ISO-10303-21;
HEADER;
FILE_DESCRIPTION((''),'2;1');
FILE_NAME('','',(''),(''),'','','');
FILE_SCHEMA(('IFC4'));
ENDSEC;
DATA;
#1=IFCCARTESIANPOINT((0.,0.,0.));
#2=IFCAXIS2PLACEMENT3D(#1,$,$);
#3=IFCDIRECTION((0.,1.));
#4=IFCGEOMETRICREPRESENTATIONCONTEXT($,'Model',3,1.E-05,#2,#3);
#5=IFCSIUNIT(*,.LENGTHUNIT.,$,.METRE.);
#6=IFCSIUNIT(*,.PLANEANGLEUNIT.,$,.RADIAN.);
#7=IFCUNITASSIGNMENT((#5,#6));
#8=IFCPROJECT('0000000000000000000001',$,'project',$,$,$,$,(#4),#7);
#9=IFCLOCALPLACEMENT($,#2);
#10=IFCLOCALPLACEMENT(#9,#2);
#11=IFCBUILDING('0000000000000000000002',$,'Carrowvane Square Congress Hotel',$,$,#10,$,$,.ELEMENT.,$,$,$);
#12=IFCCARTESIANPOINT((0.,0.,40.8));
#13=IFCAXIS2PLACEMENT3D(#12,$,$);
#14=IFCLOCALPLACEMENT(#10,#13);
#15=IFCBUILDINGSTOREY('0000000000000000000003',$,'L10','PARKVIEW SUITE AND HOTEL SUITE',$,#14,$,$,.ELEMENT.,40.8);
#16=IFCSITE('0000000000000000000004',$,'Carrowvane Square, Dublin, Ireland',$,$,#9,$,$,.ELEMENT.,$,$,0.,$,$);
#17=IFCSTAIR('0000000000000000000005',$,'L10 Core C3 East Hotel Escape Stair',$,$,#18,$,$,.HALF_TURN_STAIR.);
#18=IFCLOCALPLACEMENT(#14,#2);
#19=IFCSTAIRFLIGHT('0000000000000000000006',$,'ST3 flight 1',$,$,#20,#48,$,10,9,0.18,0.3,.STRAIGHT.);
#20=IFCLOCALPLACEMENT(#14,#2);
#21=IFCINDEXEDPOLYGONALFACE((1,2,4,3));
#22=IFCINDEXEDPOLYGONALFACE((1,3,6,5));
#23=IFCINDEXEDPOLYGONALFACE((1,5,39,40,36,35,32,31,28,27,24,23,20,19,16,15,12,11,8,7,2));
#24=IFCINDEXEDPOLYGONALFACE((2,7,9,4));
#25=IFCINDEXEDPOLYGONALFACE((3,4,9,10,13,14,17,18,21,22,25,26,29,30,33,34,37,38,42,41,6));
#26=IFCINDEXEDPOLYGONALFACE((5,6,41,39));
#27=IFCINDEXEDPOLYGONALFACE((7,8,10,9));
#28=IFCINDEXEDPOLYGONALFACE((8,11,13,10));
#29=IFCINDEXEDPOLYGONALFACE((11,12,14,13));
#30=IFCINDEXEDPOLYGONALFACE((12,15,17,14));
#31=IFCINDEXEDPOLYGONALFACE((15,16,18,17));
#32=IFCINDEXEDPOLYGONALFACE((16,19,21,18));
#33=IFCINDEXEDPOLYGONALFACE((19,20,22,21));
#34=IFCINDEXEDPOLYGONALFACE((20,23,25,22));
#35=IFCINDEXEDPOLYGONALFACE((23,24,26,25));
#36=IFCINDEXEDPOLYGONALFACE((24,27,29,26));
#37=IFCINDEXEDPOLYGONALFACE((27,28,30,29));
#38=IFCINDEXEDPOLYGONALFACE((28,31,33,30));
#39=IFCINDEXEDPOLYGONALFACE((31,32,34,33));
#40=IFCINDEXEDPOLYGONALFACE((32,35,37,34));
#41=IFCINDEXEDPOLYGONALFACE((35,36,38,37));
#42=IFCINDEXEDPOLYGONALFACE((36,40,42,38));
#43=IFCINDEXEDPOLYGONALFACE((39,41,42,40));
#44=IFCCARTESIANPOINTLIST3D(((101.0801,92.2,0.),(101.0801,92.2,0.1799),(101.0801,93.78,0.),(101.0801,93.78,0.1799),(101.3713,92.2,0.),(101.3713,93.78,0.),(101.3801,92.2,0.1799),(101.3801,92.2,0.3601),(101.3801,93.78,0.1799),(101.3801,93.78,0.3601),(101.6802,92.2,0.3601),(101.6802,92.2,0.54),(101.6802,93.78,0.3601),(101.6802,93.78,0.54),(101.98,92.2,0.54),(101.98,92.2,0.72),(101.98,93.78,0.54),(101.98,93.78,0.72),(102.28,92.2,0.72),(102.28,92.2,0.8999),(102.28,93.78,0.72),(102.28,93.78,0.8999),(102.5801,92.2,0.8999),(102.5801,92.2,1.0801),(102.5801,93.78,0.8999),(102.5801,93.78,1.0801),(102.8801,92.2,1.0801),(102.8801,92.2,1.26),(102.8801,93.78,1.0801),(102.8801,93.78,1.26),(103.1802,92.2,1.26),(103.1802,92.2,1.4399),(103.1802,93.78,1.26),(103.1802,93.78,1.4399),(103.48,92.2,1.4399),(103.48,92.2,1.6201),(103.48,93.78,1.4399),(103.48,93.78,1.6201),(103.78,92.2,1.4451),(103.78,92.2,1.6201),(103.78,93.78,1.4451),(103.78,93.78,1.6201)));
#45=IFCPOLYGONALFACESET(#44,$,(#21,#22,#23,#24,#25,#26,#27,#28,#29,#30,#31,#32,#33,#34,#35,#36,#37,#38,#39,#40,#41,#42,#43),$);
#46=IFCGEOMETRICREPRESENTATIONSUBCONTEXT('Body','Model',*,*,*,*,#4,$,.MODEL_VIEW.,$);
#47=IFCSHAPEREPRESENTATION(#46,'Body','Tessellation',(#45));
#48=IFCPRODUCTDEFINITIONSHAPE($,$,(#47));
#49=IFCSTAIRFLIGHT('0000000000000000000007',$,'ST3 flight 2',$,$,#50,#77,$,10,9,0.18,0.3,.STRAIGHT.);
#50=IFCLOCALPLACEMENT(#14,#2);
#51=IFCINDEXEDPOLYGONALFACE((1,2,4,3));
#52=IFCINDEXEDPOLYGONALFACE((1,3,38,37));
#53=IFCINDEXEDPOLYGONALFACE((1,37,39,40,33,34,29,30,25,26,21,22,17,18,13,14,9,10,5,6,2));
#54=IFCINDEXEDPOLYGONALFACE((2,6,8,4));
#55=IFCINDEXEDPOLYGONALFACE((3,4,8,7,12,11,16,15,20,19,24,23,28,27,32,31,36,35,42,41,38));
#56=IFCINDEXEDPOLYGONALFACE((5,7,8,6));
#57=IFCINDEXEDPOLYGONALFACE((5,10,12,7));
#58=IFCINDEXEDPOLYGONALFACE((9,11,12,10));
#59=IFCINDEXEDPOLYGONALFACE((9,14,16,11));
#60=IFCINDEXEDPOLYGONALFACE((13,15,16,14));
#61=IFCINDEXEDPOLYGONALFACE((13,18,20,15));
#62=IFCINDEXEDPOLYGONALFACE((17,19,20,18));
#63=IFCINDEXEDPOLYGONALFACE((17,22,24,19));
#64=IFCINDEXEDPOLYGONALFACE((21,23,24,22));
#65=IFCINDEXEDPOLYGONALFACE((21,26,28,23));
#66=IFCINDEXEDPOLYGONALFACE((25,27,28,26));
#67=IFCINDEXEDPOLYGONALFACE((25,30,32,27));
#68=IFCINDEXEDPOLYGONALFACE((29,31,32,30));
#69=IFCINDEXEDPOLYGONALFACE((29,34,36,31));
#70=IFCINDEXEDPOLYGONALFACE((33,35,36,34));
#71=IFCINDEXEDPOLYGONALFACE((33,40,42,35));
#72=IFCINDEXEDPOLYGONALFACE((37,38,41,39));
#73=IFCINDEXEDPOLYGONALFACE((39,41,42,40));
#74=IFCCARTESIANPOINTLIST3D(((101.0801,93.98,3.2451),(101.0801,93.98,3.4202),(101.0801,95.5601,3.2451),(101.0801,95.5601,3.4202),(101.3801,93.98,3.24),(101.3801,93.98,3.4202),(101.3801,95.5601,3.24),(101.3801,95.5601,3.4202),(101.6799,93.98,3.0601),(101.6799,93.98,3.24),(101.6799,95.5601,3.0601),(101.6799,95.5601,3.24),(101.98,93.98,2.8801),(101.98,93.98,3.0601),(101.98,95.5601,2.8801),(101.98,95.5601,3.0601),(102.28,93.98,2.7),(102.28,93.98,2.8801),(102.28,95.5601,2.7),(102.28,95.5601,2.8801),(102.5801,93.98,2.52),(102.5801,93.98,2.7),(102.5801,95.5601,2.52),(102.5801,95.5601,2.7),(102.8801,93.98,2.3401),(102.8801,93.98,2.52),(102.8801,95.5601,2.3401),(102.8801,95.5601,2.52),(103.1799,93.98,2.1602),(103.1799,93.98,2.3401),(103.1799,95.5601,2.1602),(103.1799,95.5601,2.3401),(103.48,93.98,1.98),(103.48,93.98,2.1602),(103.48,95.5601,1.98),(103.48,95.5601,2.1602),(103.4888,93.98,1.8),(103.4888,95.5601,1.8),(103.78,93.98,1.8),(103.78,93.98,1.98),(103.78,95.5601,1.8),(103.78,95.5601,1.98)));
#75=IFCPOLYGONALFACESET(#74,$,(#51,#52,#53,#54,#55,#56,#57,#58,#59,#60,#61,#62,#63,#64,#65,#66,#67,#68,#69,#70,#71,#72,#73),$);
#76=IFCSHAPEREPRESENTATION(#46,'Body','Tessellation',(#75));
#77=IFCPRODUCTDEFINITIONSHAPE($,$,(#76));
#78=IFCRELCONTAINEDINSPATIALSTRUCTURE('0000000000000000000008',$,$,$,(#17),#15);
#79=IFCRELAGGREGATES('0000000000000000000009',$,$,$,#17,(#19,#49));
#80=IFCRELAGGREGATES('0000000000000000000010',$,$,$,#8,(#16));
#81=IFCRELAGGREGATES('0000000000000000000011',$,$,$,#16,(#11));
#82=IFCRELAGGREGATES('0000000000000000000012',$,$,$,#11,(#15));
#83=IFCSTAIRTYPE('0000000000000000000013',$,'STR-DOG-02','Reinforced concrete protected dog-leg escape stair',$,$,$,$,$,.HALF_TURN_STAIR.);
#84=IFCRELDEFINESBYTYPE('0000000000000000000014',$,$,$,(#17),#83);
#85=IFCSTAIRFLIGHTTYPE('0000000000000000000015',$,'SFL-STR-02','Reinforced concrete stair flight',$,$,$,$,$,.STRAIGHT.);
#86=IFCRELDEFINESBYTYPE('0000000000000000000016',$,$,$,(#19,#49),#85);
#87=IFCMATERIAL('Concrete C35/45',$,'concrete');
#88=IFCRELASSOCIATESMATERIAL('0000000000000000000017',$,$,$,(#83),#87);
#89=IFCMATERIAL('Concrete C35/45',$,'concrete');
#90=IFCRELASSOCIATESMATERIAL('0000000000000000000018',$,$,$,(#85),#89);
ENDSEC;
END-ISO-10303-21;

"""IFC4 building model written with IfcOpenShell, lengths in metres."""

from ifc_helpers import new_model, si_unit, direction, frame, origin, place, context, subcontext, project, spatial, polyline, outline, extrude, material, type_object, element, aggregate, save


model = new_model("IFC4")

# Units and contexts
model_context = context("Model", 3, precision=1e-05, world=origin(), true_north=direction((0.0, 1.0)))
body_context = subcontext(model_context, "Body", "Model", "MODEL_VIEW")
ifc_project = project(units=[si_unit("LENGTHUNIT", "METRE"), si_unit("PLANEANGLEUNIT", "RADIAN")], contexts=[model_context])

# Site, building, storey
site_placement = place(None, origin())
site = spatial("IfcSite", under=ifc_project, at=site_placement, Name="Carrowvane Square, Dublin, Ireland", CompositionType="ELEMENT", RefElevation=0.0)
building_placement = place(site_placement, origin())
building = spatial("IfcBuilding", under=site, at=building_placement, Name="Carrowvane Square Congress Hotel", CompositionType="ELEMENT")
storey_placement = place(building_placement, frame((0.0, 0.0, 40.8)))
storey = spatial("IfcBuildingStorey", under=building, at=storey_placement, Name="L10", Description="PARKVIEW SUITE AND HOTEL SUITE", CompositionType="ELEMENT", Elevation=40.8)

# Stair, stair flights
ifc_material_1 = material(Name="Concrete C35/45", Category="concrete")
stair_type = type_object("IfcStairType", Name="STR-DOG-02", Description="Reinforced concrete protected dog-leg escape stair", PredefinedType="HALF_TURN_STAIR", material=ifc_material_1)
stair_placement = place(storey_placement, origin())
stair = element("IfcStair", 1, at=stair_placement, inside=storey, type_object=stair_type, Name="L10 Core C3 East Hotel Escape Stair", PredefinedType="HALF_TURN_STAIR")
ifc_material_2 = material(Name="Concrete C35/45", Category="concrete")
stair_flight_type = type_object("IfcStairFlightType", Name="SFL-STR-02", Description="Reinforced concrete stair flight", PredefinedType="STRAIGHT", material=ifc_material_2)
stair_flight_1_placement = place(storey_placement, frame((101.0801, 92.99, 0.0), z_axis=(0.0, 0.0, 1.0), x_axis=(1.0, 0.0, 0.0)))
stair_flight_1 = element("IfcStairFlight", 2, at=stair_flight_1_placement, type_object=stair_flight_type, Name="ST3 flight 1", NumberOfRisers=10, NumberOfTreads=9, PredefinedType="STRAIGHT", RiserHeight=0.18, TreadLength=0.3, context=body_context, shape_type="SweptSolid", body=[
    extrude(outline(polyline([(0.0, 0.0), (0.0, 0.1799), (0.3, 0.1799), (0.3, 0.3601), (0.6001, 0.3601), (0.6001, 0.54), (0.8999, 0.54), (0.8999, 0.72), (1.2, 0.72), (1.2, 0.8999), (1.5, 0.8999), (1.5, 1.0801), (1.8, 1.0801), (1.8, 1.26), (2.1001, 1.26), (2.1001, 1.4399), (2.3999, 1.4399), (2.3999, 1.6201), (2.7, 1.6201), (2.7, 1.8), (2.7, 1.4451), (0.2913, 0.0), (0.0, 0.0)])), frame((0.0, 0.79, 0.0), z_axis=(0.0, -1.0, 0.0), x_axis=(1.0, 0.0, 0.0)), (0.0, 0.0, 1.0), 1.5801),
])
stair_flight_2_placement = place(storey_placement, frame((103.78, 94.77, 1.8), z_axis=(0.0, 0.0, 1.0), x_axis=(-1.0, 0.0, 0.0)))
stair_flight_2 = element("IfcStairFlight", 3, at=stair_flight_2_placement, type_object=stair_flight_type, Name="ST3 flight 2", NumberOfRisers=10, NumberOfTreads=9, PredefinedType="STRAIGHT", RiserHeight=0.18, TreadLength=0.3, context=body_context, shape_type="SweptSolid", body=[
    extrude(outline(polyline([(0.0, 0.0), (0.0, 0.1799), (0.3, 0.1799), (0.3, 0.3601), (0.6001, 0.3601), (0.6001, 0.54), (0.8999, 0.54), (0.8999, 0.72), (1.2, 0.72), (1.2, 0.8999), (1.5, 0.8999), (1.5, 1.0801), (1.8, 1.0801), (1.8, 1.26), (2.1001, 1.26), (2.1001, 1.4399), (2.3999, 1.4399), (2.3999, 1.6201), (2.7, 1.6201), (2.7, 1.8), (2.7, 1.4451), (0.2913, 0.0), (0.0, 0.0)])), frame((0.0, 0.79, 0.0), z_axis=(0.0, -1.0, 0.0), x_axis=(1.0, 0.0, 0.0)), (0.0, 0.0, 1.0), 1.5801),
])
aggregate(stair, [stair_flight_1, stair_flight_2])

save(model, "model.ifc")
